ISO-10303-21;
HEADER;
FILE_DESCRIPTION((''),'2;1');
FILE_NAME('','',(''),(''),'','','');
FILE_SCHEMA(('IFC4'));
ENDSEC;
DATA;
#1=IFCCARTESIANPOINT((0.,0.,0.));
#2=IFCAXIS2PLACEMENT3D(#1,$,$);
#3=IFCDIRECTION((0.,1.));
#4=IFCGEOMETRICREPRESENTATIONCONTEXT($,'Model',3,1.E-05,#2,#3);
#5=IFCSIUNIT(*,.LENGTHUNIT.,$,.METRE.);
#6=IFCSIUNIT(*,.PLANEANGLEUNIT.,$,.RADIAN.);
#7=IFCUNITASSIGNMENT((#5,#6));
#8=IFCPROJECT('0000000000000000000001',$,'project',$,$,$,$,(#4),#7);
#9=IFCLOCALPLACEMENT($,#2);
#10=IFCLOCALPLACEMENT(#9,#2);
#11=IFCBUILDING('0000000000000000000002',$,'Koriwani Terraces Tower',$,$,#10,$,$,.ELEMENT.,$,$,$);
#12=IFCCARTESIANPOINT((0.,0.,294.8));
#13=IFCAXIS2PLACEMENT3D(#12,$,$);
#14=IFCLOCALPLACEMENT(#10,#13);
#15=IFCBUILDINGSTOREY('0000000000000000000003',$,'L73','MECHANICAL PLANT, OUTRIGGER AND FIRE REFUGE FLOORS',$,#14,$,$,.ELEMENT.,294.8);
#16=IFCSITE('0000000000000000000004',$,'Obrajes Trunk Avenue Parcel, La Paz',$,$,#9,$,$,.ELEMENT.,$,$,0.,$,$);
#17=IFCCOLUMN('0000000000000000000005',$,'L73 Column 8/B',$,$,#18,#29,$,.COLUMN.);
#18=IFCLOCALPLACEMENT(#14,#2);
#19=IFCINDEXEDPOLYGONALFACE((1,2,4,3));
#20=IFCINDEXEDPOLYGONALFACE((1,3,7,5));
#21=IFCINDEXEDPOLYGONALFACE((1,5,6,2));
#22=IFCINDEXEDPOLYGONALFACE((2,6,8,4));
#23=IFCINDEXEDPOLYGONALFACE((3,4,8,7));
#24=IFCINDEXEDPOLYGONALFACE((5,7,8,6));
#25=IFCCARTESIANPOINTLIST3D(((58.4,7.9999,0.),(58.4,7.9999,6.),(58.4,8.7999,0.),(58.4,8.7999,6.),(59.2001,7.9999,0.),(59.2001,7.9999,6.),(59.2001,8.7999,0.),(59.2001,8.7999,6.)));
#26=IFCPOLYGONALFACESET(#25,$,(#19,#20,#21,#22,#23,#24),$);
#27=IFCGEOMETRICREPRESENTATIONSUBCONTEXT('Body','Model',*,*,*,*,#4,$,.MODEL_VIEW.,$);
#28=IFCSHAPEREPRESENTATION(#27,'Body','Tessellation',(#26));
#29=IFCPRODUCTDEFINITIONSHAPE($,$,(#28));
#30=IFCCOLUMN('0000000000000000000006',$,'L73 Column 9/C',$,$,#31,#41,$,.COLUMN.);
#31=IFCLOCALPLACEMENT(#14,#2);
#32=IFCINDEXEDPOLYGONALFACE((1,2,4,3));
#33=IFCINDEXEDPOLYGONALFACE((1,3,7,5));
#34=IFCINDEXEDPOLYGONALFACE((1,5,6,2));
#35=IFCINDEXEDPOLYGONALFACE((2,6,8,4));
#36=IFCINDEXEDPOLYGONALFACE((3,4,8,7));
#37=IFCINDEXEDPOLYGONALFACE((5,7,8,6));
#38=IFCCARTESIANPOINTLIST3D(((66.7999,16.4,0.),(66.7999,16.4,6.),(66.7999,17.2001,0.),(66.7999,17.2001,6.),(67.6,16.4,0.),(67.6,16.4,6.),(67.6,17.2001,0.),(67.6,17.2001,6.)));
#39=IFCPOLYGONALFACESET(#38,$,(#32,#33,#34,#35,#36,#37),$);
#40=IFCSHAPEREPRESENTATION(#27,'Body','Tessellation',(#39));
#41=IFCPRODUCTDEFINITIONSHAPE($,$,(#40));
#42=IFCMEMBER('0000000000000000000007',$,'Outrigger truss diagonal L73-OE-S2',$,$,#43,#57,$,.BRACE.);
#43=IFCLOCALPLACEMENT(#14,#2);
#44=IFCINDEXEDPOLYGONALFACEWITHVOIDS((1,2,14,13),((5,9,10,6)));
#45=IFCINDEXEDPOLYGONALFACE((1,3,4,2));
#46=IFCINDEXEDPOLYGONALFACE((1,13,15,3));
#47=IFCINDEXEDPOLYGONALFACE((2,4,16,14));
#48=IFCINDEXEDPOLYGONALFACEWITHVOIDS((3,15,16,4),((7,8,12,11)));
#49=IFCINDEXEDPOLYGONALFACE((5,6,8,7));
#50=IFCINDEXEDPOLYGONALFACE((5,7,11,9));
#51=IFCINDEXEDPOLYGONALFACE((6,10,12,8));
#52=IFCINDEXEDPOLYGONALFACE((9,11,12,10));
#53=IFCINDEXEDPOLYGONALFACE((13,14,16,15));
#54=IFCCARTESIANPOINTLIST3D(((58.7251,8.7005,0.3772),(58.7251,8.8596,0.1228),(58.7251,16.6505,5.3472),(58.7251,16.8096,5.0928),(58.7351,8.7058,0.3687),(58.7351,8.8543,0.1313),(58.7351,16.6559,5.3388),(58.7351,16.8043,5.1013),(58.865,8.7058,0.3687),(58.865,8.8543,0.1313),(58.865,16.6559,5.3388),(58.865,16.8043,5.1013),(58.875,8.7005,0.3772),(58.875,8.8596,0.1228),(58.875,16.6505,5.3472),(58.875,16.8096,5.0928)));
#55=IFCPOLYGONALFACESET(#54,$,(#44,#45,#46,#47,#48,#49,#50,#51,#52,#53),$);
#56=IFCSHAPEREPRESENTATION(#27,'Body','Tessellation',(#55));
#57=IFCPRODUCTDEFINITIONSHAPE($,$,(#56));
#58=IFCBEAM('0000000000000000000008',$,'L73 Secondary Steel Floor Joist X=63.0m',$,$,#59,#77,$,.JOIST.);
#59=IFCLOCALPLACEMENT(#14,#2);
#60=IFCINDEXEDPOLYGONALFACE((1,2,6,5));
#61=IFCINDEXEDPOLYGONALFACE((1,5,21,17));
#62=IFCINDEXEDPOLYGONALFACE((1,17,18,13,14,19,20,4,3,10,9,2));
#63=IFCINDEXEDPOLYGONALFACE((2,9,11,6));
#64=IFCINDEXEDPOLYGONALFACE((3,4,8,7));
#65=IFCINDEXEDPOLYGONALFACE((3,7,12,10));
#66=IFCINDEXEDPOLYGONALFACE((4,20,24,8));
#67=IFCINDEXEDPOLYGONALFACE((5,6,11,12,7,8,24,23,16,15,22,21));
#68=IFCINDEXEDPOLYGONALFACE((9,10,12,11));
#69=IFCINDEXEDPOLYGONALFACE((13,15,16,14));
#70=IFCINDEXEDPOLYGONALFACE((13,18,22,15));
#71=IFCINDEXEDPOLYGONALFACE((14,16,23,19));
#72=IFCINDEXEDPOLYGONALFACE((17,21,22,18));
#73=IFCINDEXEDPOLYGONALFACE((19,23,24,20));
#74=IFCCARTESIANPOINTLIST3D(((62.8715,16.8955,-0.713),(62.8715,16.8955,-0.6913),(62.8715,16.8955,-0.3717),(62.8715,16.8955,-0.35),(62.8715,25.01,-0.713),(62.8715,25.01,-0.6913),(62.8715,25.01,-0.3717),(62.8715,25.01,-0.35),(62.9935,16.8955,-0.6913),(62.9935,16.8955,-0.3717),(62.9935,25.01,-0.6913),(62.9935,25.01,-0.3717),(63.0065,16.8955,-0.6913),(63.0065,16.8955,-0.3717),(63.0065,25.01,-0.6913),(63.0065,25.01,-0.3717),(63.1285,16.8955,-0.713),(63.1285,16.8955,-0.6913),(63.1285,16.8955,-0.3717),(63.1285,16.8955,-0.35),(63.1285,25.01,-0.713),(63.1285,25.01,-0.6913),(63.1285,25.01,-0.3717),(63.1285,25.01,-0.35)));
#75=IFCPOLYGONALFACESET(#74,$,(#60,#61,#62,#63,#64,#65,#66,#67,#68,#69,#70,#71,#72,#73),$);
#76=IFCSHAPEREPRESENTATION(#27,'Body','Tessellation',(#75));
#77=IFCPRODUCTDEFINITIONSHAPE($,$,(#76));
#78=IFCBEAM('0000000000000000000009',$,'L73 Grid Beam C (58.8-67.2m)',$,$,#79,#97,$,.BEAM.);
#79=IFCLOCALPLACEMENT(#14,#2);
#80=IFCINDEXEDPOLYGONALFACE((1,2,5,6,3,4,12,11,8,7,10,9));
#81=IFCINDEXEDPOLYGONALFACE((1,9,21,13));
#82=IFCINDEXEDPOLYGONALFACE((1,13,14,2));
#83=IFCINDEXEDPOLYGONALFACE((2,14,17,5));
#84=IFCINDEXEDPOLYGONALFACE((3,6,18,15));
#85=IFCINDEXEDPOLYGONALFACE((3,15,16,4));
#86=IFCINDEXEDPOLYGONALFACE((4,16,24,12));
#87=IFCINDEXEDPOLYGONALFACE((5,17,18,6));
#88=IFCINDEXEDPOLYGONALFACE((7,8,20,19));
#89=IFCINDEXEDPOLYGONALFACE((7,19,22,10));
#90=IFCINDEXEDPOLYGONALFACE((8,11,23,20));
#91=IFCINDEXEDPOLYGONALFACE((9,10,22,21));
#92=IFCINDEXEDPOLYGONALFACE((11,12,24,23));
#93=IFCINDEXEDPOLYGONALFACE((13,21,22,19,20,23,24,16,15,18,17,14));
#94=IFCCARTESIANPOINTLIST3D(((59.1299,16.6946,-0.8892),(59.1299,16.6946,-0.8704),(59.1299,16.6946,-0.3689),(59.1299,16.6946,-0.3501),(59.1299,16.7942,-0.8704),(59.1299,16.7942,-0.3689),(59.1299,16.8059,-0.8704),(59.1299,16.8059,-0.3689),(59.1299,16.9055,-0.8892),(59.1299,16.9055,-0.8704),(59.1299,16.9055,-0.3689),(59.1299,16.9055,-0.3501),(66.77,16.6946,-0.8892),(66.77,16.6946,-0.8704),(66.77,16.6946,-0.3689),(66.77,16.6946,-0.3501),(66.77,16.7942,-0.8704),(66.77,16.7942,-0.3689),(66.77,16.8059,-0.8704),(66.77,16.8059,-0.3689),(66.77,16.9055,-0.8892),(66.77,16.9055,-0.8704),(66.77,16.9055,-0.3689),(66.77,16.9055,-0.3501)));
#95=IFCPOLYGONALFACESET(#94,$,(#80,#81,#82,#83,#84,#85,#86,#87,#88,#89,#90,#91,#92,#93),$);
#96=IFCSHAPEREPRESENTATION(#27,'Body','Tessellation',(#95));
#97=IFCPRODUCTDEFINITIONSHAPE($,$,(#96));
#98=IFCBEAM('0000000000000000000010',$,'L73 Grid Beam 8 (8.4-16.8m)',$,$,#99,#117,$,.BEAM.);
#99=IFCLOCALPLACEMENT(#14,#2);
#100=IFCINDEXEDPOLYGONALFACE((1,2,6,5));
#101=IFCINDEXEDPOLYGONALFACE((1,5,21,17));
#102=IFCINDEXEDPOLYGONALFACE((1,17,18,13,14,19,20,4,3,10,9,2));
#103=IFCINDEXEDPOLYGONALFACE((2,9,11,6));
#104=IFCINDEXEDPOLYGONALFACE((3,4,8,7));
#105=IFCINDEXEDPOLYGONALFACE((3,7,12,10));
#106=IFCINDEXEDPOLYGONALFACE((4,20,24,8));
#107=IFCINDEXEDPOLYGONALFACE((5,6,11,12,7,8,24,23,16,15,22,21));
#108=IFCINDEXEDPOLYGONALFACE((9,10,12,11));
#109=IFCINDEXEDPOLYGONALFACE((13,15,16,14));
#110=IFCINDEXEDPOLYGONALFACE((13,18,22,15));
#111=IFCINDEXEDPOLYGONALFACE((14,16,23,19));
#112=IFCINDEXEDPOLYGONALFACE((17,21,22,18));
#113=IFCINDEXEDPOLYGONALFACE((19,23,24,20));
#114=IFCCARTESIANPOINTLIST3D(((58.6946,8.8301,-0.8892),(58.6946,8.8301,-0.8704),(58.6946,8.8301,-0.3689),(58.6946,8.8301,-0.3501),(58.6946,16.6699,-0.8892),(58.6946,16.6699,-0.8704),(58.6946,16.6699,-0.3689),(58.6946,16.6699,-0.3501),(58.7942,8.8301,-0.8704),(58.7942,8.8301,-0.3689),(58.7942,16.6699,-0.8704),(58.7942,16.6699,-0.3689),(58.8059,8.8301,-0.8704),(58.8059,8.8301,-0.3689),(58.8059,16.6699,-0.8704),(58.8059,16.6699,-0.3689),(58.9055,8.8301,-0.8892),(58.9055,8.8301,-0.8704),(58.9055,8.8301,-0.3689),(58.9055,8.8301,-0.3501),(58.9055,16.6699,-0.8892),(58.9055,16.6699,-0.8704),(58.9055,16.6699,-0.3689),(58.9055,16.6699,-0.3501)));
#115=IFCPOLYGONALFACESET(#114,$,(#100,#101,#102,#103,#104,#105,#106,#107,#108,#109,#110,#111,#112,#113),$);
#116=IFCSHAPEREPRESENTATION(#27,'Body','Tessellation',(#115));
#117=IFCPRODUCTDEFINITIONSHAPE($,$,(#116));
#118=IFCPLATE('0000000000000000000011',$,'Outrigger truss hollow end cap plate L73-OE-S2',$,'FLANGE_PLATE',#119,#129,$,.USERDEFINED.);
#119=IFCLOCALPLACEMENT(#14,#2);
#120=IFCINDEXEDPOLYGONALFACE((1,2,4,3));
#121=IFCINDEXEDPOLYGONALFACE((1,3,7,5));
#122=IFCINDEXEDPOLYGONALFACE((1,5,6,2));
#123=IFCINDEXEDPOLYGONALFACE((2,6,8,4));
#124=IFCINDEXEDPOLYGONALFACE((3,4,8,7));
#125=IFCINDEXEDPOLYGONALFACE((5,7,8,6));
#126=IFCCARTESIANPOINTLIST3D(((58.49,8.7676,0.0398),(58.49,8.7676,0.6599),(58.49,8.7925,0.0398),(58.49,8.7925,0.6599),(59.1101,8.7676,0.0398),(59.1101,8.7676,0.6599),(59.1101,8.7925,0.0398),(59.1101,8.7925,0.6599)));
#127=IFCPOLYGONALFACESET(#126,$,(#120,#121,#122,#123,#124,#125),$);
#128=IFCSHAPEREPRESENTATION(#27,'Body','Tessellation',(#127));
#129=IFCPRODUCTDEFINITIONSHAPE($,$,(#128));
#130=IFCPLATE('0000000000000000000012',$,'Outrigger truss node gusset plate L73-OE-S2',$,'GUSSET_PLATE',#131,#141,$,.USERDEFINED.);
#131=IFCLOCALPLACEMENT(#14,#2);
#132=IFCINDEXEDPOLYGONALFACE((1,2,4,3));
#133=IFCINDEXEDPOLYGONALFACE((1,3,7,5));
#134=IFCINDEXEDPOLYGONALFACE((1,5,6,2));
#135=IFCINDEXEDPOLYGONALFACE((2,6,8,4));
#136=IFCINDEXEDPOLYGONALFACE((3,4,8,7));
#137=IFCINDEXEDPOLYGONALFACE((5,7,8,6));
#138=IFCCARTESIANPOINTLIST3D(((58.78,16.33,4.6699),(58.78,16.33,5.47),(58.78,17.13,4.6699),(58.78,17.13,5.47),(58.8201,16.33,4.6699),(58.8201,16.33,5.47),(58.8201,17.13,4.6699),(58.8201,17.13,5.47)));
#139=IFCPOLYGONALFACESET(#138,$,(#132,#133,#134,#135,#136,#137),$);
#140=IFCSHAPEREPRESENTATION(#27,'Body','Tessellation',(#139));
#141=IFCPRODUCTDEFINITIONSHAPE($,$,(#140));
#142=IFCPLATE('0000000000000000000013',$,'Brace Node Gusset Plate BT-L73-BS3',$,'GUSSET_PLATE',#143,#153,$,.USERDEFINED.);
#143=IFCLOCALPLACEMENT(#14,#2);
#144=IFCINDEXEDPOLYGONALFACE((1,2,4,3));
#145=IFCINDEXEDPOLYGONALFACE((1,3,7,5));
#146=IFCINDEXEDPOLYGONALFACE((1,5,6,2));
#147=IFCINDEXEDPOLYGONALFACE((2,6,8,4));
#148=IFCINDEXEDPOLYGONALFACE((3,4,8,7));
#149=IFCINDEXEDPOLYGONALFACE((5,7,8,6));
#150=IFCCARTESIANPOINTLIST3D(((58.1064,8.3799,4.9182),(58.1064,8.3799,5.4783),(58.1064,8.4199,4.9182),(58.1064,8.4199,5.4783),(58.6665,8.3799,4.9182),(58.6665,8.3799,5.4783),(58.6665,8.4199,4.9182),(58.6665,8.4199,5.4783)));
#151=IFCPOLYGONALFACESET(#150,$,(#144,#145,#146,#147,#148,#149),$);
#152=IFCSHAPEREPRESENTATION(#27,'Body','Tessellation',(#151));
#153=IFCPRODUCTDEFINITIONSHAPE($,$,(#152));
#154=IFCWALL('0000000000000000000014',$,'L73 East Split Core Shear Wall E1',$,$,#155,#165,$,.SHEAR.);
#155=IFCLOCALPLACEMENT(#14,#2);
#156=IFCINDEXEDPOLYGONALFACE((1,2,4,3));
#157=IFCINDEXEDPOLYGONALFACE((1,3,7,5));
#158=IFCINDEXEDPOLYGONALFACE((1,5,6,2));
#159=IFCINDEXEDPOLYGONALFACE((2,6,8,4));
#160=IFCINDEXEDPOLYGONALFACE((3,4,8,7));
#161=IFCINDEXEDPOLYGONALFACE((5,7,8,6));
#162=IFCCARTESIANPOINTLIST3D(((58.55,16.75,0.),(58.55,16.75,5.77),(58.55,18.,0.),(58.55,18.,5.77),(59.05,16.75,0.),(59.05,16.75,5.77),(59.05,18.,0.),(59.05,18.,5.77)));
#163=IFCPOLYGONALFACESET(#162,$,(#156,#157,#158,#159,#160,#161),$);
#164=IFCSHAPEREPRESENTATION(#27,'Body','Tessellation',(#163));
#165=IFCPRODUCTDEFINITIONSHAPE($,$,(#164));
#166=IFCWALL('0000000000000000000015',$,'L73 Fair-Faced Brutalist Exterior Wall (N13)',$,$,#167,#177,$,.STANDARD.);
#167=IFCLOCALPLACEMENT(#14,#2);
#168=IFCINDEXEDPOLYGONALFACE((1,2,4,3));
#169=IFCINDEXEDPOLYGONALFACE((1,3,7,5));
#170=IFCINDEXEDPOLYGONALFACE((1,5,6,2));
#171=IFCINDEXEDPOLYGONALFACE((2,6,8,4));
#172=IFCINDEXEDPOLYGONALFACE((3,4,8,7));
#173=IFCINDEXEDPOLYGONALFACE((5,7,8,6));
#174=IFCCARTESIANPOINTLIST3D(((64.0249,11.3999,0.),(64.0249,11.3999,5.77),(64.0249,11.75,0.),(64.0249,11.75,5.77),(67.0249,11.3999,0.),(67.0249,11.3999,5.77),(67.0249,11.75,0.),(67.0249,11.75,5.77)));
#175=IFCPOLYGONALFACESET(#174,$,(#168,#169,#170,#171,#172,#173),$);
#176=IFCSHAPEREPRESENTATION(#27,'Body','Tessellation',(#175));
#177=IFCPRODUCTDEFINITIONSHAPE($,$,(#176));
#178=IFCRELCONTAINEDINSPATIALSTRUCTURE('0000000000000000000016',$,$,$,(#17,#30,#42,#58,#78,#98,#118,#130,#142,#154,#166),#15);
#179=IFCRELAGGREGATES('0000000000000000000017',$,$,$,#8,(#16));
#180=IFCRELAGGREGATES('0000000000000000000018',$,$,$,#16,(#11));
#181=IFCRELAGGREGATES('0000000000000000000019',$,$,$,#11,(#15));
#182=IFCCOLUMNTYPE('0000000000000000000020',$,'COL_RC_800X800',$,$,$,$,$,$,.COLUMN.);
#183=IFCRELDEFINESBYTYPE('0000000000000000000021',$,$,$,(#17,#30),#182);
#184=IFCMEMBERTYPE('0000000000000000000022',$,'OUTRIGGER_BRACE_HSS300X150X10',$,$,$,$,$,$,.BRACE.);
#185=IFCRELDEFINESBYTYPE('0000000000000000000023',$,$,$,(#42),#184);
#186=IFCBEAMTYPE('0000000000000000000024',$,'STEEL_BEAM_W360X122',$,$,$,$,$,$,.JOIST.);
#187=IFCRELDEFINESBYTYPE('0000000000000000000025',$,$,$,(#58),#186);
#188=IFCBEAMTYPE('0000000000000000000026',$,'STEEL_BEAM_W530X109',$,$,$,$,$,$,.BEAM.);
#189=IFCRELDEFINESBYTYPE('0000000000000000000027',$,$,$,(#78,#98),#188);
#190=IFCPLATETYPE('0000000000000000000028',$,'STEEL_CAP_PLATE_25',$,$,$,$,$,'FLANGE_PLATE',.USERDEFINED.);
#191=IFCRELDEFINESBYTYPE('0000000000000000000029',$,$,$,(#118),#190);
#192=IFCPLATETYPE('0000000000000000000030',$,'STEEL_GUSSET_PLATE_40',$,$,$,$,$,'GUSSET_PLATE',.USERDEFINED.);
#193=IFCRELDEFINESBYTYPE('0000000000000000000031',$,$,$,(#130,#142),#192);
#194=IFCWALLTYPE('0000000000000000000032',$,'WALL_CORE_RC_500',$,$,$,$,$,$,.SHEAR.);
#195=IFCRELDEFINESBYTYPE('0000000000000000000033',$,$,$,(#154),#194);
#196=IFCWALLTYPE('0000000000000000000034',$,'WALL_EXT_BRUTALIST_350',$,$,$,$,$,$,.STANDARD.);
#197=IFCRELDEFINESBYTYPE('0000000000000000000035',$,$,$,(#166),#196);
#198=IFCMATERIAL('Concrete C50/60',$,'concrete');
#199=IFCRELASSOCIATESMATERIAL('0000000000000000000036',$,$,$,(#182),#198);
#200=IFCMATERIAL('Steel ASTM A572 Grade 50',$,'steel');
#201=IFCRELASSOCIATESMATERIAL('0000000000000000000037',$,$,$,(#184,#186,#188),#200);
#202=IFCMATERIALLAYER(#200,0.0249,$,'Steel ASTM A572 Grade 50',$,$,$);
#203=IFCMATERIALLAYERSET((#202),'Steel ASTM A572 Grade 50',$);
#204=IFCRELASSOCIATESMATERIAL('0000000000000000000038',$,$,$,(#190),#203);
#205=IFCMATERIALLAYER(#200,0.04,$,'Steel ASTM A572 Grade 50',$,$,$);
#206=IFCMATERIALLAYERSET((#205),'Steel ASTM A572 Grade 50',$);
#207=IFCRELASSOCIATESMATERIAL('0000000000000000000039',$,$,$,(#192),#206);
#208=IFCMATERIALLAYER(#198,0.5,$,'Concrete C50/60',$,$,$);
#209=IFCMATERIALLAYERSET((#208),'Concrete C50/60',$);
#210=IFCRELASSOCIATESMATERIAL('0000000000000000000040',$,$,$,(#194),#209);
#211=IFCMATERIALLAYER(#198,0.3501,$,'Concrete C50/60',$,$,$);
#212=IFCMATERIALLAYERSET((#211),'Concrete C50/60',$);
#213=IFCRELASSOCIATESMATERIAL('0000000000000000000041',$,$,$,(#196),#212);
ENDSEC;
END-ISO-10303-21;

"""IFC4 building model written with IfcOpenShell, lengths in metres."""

from ifc_helpers import new_model, si_unit, direction, frame, frame_2d, origin, origin_2d, place, context, subcontext, project, spatial, rectangle, hollow_rectangle, i_section, extrude, material, layer, layer_set, material_profile, profile_set, type_object, element, save


model = new_model("IFC4")

# Units and contexts
model_context = context("Model", 3, precision=1e-05, world=origin(), true_north=direction((0.0, 1.0)))
body_context = subcontext(model_context, "Body", "Model", "MODEL_VIEW")
ifc_project = project(units=[si_unit("LENGTHUNIT", "METRE"), si_unit("PLANEANGLEUNIT", "RADIAN")], contexts=[model_context])

# Site, building, storey
site_placement = place(None, origin())
site = spatial("IfcSite", under=ifc_project, at=site_placement, Name="Obrajes Trunk Avenue Parcel, La Paz", CompositionType="ELEMENT", RefElevation=0.0)
building_placement = place(site_placement, origin())
building = spatial("IfcBuilding", under=site, at=building_placement, Name="Koriwani Terraces Tower", CompositionType="ELEMENT")
storey_placement = place(building_placement, frame((0.0, 0.0, 294.8)))
storey = spatial("IfcBuildingStorey", under=building, at=storey_placement, Name="L73", Description="MECHANICAL PLANT, OUTRIGGER AND FIRE REFUGE FLOORS", CompositionType="ELEMENT", Elevation=294.8)

# Columns
ifc_material_1 = material(Name="Concrete C50/60", Category="concrete")
ifc_material_profile_1 = material_profile(ifc_material_1, rectangle(XDim=0.8, YDim=0.8, at=origin_2d()), Name="Concrete C50/60", Category="LoadBearing")
ifc_profile_set_1 = profile_set([ifc_material_profile_1], Name="Concrete C50/60")
column_type = type_object("IfcColumnType", Name="COL_RC_800X800", PredefinedType="COLUMN", material=ifc_profile_set_1)
for number, where, z_axis, x_axis, name in (
    (1, (58.8, 8.3999, 0.0), (0.0, 0.0, 1.0), (1.0, 0.0, 0.0), "L73 Column 8/B"),
    (2, (67.2, 16.8, 0.0), (0.0, 0.0, 1.0), (1.0, 0.0, 0.0), "L73 Column 9/C"),
):
    element("IfcColumn", number, at=place(storey_placement, frame(where, z_axis=z_axis, x_axis=x_axis)), inside=storey, type_object=column_type, Name=name, PredefinedType="COLUMN", context=body_context, shape_type="SweptSolid", body=[
        extrude(rectangle(XDim=0.8, YDim=0.8, at=origin_2d()), origin(), (0.0, 0.0, 1.0), 6.0),
    ])

# Member
ifc_material_2 = material(Name="Steel ASTM A572 Grade 50", Category="steel")
ifc_material_profile_2 = material_profile(ifc_material_2, hollow_rectangle(XDim=0.1499, YDim=0.3, WallThickness=0.01, at=origin_2d()), Name="Steel ASTM A572 Grade 50", Category="LoadBearing")
ifc_profile_set_2 = profile_set([ifc_material_profile_2], Name="Steel ASTM A572 Grade 50")
member_type = type_object("IfcMemberType", Name="OUTRIGGER_BRACE_HSS300X150X10", PredefinedType="BRACE", material=ifc_profile_set_2)
member_placement = place(storey_placement, frame((58.8, 8.78, 0.25), z_axis=(0.0, 0.847938, 0.530095), x_axis=(-1.0, 0.0, 0.0)))
element("IfcMember", 3, at=member_placement, inside=storey, type_object=member_type, Name="Outrigger truss diagonal L73-OE-S2", PredefinedType="BRACE", context=body_context, shape_type="SweptSolid", body=[
    extrude(hollow_rectangle(XDim=0.1499, YDim=0.3, WallThickness=0.01, at=origin_2d()), origin(), (0.0, 0.0, 1.0), 9.3757),
])

# Beams
ifc_material_profile_3 = material_profile(ifc_material_2, i_section(OverallWidth=0.2571, OverallDepth=0.363, WebThickness=0.0129, FlangeThickness=0.0217, at=origin_2d()), Name="Steel ASTM A572 Grade 50", Category="LoadBearing")
ifc_profile_set_3 = profile_set([ifc_material_profile_3], Name="Steel ASTM A572 Grade 50")
beam_type_1 = type_object("IfcBeamType", Name="STEEL_BEAM_W360X122", PredefinedType="JOIST", material=ifc_profile_set_3)
beam_1_placement = place(storey_placement, frame((63.0, 16.8955, -0.5315), z_axis=(0.0, 1.0, 0.0), x_axis=(-1.0, 0.0, 0.0)))
element("IfcBeam", 4, at=beam_1_placement, inside=storey, type_object=beam_type_1, Name="L73 Secondary Steel Floor Joist X=63.0m", PredefinedType="JOIST", context=body_context, shape_type="SweptSolid", body=[
    extrude(i_section(OverallWidth=0.2571, OverallDepth=0.363, WebThickness=0.0129, FlangeThickness=0.0217, at=origin_2d()), origin(), (0.0, 0.0, 1.0), 8.1145),
])
ifc_material_profile_4 = material_profile(ifc_material_2, i_section(OverallWidth=0.2109, OverallDepth=0.5391, WebThickness=0.0117, FlangeThickness=0.0188, at=origin_2d()), Name="Steel ASTM A572 Grade 50", Category="LoadBearing")
ifc_profile_set_4 = profile_set([ifc_material_profile_4], Name="Steel ASTM A572 Grade 50")
beam_type_2 = type_object("IfcBeamType", Name="STEEL_BEAM_W530X109", PredefinedType="BEAM", material=ifc_profile_set_4)
beam_2_placement = place(storey_placement, frame((59.1299, 16.8, -0.6196), z_axis=(1.0, 0.0, 0.0), x_axis=(0.0, 1.0, 0.0)))
element("IfcBeam", 5, at=beam_2_placement, inside=storey, type_object=beam_type_2, Name="L73 Grid Beam C (58.8-67.2m)", PredefinedType="BEAM", context=body_context, shape_type="SweptSolid", body=[
    extrude(i_section(OverallWidth=0.2109, OverallDepth=0.5391, WebThickness=0.0117, FlangeThickness=0.0188, at=origin_2d()), origin(), (0.0, 0.0, 1.0), 7.6401),
])
beam_3_placement = place(storey_placement, frame((58.8, 8.8301, -0.6196), z_axis=(0.0, 1.0, 0.0), x_axis=(-1.0, 0.0, 0.0)))
element("IfcBeam", 6, at=beam_3_placement, inside=storey, type_object=beam_type_2, Name="L73 Grid Beam 8 (8.4-16.8m)", PredefinedType="BEAM", context=body_context, shape_type="SweptSolid", body=[
    extrude(i_section(OverallWidth=0.2109, OverallDepth=0.5391, WebThickness=0.0117, FlangeThickness=0.0188, at=origin_2d()), origin(), (0.0, 0.0, 1.0), 7.8398),
])

# Plates
ifc_layer_1 = layer(ifc_material_2, 0.0249, Name="Steel ASTM A572 Grade 50")
ifc_layer_set_1 = layer_set([ifc_layer_1], Name="Steel ASTM A572 Grade 50")
plate_type_1 = type_object("IfcPlateType", Name="STEEL_CAP_PLATE_25", ElementType="FLANGE_PLATE", PredefinedType="USERDEFINED", material=ifc_layer_set_1)
plate_1_placement = place(storey_placement, frame((58.8, 8.78, 0.0398), z_axis=(0.0, 0.0, 1.0), x_axis=(0.0, 1.0, 0.0)))
element("IfcPlate", 7, at=plate_1_placement, inside=storey, type_object=plate_type_1, Name="Outrigger truss hollow end cap plate L73-OE-S2", ObjectType="FLANGE_PLATE", PredefinedType="USERDEFINED", context=body_context, shape_type="SweptSolid", body=[
    extrude(rectangle(XDim=0.0249, YDim=0.6201, at=origin_2d()), origin(), (0.0, 0.0, 1.0), 0.6201),
])
ifc_layer_2 = layer(ifc_material_2, 0.04, Name="Steel ASTM A572 Grade 50")
ifc_layer_set_2 = layer_set([ifc_layer_2], Name="Steel ASTM A572 Grade 50")
plate_type_2 = type_object("IfcPlateType", Name="STEEL_GUSSET_PLATE_40", ElementType="GUSSET_PLATE", PredefinedType="USERDEFINED", material=ifc_layer_set_2)
plate_2_placement = place(storey_placement, frame((58.8, 16.73, 4.6699), z_axis=(0.0, 0.0, 1.0), x_axis=(0.0, 1.0, 0.0)))
element("IfcPlate", 8, at=plate_2_placement, inside=storey, type_object=plate_type_2, Name="Outrigger truss node gusset plate L73-OE-S2", ObjectType="GUSSET_PLATE", PredefinedType="USERDEFINED", context=body_context, shape_type="SweptSolid", body=[
    extrude(rectangle(XDim=0.8, YDim=0.04, at=origin_2d()), origin(), (0.0, 0.0, 1.0), 0.8),
])
plate_3_placement = place(storey_placement, frame((58.3865, 8.3999, 4.9182), z_axis=(0.0, 0.0, 1.0), x_axis=(1.0, 0.0, 0.0)))
element("IfcPlate", 9, at=plate_3_placement, inside=storey, type_object=plate_type_2, Name="Brace Node Gusset Plate BT-L73-BS3", ObjectType="GUSSET_PLATE", PredefinedType="USERDEFINED", context=body_context, shape_type="SweptSolid", body=[
    extrude(rectangle(XDim=0.5601, YDim=0.04, at=origin_2d()), origin(), (0.0, 0.0, 1.0), 0.5601),
])

# Walls
ifc_layer_3 = layer(ifc_material_1, 0.5, Name="Concrete C50/60")
ifc_layer_set_3 = layer_set([ifc_layer_3], Name="Concrete C50/60")
wall_type_1 = type_object("IfcWallType", Name="WALL_CORE_RC_500", PredefinedType="SHEAR", material=ifc_layer_set_3)
wall_1_placement = place(storey_placement, frame((58.8, 16.75, 0.0), z_axis=(0.0, 0.0, 1.0), x_axis=(0.0, 1.0, 0.0)))
element("IfcWall", 10, at=wall_1_placement, inside=storey, type_object=wall_type_1, Name="L73 East Split Core Shear Wall E1", PredefinedType="SHEAR", context=body_context, shape_type="SweptSolid", body=[
    extrude(rectangle(XDim=1.25, YDim=0.5, at=frame_2d((0.625, 0.0))), origin(), (0.0, 0.0, 1.0), 5.77),
])
ifc_layer_4 = layer(ifc_material_1, 0.3501, Name="Concrete C50/60")
ifc_layer_set_4 = layer_set([ifc_layer_4], Name="Concrete C50/60")
wall_type_2 = type_object("IfcWallType", Name="WALL_EXT_BRUTALIST_350", PredefinedType="STANDARD", material=ifc_layer_set_4)
for number, where, z_axis, x_axis, name in (
    (11, (67.0249, 11.575, 0.0), (0.0, 0.0, 1.0), (-1.0, 0.0, 0.0), "L73 Fair-Faced Brutalist Exterior Wall (N13)"),
):
    element("IfcWall", number, at=place(storey_placement, frame(where, z_axis=z_axis, x_axis=x_axis)), inside=storey, type_object=wall_type_2, Name=name, PredefinedType="STANDARD", context=body_context, shape_type="SweptSolid", body=[
        extrude(rectangle(XDim=3.0, YDim=0.3501, at=frame_2d((1.5, 0.0))), origin(), (0.0, 0.0, 1.0), 5.77),
    ])

save(model, "model.ifc")
